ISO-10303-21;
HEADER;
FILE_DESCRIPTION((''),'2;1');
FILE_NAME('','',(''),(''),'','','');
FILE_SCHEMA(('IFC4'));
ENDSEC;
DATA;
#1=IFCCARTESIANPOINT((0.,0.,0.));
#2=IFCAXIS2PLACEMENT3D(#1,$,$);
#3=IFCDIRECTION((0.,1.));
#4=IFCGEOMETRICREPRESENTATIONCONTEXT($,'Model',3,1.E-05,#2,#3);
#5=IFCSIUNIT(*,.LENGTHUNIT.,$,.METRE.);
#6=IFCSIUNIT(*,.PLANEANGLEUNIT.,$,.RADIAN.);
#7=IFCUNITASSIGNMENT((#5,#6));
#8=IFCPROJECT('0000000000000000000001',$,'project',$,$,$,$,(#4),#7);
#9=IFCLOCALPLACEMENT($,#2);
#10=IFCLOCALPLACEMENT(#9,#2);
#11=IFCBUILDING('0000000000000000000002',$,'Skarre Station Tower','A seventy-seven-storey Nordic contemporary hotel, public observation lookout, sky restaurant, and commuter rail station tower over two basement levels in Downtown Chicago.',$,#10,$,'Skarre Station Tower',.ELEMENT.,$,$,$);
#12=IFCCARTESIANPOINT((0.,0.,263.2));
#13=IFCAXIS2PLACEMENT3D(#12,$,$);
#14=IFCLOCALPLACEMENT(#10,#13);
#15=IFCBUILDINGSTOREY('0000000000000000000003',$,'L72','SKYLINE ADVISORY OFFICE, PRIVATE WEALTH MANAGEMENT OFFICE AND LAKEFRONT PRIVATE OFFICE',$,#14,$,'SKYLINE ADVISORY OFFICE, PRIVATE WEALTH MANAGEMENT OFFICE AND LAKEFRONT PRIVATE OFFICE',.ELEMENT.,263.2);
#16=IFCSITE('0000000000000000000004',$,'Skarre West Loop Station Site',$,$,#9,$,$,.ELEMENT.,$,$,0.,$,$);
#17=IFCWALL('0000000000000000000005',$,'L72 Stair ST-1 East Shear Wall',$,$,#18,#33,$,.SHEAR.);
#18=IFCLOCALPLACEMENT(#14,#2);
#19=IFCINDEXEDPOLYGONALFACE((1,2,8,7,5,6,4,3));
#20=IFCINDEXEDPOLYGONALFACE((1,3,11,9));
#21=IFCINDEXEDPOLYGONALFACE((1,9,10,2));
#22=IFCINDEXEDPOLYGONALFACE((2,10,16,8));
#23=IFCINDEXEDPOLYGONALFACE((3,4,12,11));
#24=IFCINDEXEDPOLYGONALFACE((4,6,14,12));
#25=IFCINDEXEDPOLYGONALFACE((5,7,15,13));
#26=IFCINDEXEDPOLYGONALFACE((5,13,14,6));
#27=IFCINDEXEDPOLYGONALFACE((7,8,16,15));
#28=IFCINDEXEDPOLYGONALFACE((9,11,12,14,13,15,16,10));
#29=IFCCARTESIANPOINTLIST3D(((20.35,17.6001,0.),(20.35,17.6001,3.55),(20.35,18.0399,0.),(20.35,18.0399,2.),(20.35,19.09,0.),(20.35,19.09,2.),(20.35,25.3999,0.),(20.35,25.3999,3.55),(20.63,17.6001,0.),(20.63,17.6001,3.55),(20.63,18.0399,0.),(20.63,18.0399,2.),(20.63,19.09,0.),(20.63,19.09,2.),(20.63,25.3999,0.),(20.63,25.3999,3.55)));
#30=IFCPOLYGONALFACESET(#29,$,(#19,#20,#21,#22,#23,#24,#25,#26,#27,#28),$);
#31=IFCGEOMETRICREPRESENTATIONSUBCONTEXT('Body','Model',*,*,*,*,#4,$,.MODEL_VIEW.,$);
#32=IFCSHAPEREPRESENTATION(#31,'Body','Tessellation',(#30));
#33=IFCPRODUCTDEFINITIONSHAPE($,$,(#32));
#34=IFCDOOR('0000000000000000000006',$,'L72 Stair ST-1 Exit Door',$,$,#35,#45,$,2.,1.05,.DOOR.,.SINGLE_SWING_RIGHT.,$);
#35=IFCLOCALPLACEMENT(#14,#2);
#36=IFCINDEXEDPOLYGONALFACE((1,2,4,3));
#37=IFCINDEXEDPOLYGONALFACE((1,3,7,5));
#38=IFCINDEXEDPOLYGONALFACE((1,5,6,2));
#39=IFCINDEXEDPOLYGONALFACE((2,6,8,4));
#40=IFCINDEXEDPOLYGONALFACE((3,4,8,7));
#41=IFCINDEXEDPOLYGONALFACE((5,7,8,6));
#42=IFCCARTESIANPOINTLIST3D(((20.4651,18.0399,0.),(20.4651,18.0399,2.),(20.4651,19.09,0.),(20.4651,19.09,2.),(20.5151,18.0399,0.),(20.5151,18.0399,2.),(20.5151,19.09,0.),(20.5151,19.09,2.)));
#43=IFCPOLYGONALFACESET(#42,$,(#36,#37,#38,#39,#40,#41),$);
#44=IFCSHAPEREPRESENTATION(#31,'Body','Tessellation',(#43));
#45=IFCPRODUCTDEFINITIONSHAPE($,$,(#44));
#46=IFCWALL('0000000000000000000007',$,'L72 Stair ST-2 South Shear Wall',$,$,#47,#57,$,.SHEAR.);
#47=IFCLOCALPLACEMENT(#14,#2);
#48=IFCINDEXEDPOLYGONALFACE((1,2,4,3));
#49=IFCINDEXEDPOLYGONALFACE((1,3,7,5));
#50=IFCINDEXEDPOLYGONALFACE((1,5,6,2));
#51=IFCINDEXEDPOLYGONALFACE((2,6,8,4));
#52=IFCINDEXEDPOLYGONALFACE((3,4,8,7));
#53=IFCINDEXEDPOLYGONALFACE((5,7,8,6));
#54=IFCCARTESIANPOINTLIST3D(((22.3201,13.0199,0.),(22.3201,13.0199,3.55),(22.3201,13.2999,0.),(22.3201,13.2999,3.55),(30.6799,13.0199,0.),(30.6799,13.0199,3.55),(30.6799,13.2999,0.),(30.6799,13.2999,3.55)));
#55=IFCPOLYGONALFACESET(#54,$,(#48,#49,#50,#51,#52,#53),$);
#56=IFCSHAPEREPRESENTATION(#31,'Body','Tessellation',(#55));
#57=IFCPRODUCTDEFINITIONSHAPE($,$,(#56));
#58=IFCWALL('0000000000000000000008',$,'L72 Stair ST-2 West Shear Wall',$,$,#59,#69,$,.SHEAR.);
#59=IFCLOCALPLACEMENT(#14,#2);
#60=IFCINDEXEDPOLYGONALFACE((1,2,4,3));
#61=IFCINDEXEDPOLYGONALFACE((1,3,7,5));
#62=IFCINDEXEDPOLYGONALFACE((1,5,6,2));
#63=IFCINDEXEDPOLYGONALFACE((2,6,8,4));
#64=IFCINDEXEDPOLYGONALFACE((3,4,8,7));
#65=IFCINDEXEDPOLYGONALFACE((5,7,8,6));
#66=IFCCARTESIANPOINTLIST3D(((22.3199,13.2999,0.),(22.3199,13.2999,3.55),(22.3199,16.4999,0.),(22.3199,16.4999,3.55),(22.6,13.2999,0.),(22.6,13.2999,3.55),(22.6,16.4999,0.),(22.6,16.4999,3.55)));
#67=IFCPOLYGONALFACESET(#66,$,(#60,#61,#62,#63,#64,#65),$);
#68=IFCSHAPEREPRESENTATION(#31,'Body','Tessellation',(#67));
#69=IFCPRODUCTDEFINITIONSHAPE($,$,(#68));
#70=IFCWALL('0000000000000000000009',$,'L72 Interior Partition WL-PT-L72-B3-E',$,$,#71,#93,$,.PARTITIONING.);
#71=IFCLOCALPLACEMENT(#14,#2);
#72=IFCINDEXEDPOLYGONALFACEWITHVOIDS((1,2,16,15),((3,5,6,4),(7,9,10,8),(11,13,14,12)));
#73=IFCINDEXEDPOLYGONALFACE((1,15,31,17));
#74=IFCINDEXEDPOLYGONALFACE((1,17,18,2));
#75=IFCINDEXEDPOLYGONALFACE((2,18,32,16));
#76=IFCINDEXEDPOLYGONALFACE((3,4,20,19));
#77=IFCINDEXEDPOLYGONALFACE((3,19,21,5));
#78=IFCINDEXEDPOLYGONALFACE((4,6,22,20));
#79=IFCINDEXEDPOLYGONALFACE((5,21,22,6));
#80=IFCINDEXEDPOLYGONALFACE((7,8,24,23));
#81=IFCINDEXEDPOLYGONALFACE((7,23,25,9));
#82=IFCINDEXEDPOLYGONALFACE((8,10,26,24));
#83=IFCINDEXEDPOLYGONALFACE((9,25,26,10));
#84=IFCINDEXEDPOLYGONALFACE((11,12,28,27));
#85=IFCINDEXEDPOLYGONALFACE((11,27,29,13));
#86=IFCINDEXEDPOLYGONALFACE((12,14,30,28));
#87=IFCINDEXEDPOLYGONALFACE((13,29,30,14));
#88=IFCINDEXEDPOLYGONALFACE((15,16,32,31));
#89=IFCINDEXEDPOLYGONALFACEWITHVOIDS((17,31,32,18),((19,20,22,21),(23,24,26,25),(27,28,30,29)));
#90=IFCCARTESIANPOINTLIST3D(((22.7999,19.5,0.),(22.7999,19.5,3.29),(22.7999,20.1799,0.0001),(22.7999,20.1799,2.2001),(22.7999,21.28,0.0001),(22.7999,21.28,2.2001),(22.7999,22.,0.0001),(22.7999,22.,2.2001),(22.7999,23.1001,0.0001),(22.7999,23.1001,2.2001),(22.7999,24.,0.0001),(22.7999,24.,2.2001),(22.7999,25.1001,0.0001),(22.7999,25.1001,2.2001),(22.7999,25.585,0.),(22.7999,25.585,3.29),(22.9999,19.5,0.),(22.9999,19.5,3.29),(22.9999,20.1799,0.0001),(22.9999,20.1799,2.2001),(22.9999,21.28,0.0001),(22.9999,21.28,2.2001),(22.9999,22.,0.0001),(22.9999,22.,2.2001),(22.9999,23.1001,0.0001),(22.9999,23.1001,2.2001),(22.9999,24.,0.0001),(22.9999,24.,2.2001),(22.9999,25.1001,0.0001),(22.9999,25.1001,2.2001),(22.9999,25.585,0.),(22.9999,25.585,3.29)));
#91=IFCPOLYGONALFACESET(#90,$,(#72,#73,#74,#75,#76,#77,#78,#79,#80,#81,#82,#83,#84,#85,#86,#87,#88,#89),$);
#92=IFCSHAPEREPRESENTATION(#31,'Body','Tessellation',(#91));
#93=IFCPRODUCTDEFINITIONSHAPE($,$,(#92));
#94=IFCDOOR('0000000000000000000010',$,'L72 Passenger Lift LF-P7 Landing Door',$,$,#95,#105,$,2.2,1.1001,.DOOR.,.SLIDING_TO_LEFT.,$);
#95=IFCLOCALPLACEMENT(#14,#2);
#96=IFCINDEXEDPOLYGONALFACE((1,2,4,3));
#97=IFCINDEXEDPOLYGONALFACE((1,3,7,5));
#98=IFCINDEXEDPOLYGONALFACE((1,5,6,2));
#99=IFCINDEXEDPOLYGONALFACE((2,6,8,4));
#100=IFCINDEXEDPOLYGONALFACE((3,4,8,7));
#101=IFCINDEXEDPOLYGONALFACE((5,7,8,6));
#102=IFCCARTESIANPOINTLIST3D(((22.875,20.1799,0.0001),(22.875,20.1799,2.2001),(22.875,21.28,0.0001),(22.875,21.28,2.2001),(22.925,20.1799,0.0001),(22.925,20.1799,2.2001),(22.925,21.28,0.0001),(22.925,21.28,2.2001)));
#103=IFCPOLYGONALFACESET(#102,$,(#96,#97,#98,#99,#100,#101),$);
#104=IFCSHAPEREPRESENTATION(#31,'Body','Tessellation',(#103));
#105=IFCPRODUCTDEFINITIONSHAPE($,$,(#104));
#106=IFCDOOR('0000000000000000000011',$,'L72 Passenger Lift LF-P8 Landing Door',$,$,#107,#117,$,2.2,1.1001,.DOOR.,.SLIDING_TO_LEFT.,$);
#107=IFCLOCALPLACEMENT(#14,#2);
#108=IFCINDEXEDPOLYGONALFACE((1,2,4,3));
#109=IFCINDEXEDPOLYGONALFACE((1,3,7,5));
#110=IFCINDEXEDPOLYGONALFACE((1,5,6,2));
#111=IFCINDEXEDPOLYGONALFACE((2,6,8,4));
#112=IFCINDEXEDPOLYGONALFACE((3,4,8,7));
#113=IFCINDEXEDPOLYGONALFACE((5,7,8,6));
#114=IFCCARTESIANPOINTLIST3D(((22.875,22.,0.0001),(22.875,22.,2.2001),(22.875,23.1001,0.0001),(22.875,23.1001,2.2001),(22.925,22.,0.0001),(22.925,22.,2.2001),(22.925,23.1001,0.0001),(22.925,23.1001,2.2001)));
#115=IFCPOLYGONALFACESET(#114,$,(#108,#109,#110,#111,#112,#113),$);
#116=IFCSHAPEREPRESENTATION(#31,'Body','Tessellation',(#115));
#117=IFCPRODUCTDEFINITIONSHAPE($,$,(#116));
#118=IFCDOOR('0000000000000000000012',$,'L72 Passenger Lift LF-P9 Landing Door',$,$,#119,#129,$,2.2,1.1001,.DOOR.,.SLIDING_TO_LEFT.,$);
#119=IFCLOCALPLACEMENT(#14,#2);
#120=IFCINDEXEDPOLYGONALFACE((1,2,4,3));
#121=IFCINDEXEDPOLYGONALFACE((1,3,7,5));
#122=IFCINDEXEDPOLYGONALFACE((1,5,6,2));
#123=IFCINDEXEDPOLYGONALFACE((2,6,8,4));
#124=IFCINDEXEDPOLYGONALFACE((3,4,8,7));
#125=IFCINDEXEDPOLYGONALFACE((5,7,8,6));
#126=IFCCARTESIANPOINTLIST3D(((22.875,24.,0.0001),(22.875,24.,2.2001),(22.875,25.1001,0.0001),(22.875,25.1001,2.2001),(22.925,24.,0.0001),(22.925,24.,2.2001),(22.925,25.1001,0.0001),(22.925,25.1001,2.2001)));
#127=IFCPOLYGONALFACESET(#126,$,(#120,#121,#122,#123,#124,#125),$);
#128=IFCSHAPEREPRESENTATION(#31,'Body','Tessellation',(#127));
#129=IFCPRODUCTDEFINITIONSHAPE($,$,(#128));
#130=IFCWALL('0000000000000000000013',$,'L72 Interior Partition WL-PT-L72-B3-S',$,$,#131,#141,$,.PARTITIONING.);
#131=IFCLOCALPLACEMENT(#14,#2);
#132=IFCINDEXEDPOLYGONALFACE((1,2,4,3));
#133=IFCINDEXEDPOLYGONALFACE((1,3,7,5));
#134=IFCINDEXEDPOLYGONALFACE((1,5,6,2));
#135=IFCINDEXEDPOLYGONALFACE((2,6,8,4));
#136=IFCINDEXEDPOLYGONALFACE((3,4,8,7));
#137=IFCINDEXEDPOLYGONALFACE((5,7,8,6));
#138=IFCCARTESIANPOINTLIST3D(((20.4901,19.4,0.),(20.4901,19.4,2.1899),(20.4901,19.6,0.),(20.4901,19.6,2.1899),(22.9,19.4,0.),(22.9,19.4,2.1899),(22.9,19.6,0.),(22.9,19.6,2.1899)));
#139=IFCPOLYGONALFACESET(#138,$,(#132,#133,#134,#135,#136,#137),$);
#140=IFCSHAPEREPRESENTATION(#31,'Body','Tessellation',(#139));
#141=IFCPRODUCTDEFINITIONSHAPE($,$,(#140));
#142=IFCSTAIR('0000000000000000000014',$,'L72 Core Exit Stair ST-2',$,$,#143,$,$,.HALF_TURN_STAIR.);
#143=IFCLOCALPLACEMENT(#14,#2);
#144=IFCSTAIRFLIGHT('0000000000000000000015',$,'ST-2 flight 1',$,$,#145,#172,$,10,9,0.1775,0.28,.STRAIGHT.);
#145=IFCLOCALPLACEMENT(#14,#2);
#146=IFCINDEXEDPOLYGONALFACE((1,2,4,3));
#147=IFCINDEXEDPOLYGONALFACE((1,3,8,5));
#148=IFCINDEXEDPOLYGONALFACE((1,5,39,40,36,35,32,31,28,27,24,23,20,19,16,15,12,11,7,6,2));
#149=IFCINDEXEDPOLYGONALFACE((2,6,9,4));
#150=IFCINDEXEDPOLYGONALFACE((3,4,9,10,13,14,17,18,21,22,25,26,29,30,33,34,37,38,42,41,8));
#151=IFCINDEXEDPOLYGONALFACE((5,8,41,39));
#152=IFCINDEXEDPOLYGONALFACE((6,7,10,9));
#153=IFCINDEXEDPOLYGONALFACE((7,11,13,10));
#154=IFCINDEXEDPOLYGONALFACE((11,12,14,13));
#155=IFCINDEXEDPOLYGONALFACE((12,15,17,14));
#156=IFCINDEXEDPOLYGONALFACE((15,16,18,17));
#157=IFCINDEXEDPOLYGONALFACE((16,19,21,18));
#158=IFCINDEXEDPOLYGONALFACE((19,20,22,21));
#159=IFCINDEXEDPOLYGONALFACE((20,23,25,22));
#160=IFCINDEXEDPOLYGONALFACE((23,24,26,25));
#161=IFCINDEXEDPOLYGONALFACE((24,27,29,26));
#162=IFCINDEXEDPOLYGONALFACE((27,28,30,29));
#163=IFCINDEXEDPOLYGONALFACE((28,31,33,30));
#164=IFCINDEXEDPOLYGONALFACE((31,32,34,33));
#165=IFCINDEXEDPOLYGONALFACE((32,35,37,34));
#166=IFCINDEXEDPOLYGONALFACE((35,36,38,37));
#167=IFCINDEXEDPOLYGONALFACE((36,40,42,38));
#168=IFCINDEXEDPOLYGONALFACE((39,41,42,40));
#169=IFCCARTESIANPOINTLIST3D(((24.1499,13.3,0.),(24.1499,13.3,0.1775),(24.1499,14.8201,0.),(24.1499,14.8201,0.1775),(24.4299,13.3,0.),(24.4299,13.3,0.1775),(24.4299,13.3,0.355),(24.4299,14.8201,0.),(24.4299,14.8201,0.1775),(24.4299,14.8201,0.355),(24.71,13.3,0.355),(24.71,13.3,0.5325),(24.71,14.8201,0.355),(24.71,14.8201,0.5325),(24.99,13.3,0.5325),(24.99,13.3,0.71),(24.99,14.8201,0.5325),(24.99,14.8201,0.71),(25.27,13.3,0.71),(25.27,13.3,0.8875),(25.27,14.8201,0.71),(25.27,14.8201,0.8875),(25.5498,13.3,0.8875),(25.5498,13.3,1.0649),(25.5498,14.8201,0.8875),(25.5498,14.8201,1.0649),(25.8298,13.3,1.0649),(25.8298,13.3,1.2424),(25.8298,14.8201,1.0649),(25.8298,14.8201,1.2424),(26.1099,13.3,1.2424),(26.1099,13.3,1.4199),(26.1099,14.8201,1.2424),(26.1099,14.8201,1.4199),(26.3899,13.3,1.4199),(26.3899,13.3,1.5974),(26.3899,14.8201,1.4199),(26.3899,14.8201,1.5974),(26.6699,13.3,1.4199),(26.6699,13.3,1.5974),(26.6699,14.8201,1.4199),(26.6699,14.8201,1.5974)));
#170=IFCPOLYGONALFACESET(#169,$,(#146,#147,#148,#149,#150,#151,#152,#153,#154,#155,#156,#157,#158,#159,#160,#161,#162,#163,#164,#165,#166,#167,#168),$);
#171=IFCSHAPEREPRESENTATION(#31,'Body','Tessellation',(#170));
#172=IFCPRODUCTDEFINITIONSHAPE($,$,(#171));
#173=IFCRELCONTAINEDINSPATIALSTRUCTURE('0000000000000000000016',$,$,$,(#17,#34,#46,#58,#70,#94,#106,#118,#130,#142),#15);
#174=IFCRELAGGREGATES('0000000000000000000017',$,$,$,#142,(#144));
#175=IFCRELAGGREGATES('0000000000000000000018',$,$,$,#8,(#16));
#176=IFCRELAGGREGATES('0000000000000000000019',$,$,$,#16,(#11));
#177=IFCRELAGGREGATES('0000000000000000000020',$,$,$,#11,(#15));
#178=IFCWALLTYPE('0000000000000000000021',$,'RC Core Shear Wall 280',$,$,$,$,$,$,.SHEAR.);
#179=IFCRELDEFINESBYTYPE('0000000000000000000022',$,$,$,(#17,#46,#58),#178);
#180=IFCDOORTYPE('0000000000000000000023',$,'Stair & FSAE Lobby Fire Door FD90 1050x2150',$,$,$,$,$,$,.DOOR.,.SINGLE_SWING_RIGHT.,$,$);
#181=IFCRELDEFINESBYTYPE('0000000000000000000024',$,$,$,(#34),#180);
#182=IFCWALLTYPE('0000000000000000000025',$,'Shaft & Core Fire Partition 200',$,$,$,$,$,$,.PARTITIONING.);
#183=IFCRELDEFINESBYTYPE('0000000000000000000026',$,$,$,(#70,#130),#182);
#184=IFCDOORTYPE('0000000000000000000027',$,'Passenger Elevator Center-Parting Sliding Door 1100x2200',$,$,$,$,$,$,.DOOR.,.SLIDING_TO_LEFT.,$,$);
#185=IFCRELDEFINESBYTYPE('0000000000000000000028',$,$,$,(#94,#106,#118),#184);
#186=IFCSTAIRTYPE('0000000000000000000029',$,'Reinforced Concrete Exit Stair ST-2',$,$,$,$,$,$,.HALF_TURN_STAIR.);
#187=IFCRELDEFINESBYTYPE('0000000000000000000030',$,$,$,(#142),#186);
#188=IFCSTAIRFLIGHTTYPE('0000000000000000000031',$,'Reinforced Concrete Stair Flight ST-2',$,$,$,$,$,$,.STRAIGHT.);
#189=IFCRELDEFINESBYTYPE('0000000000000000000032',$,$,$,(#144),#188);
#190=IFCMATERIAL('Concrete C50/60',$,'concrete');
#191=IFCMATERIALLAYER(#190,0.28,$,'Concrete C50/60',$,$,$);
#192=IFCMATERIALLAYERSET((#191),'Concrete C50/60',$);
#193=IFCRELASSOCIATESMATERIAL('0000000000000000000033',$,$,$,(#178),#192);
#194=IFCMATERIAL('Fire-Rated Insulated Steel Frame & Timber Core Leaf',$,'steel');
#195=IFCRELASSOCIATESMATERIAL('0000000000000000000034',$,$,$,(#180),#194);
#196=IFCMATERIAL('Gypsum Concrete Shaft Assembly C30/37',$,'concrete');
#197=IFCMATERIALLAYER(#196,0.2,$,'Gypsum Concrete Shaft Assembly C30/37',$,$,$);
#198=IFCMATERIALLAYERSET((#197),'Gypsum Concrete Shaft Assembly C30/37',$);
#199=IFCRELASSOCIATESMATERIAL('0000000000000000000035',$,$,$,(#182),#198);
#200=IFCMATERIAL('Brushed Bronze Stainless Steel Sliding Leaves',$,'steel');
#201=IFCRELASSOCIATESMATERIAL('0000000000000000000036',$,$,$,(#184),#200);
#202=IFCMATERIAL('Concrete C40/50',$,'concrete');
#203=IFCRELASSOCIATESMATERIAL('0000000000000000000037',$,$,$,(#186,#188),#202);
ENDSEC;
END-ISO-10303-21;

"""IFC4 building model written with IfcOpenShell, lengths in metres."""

from ifc_helpers import new_model, si_unit, direction, frame, frame_2d, origin, place, context, subcontext, project, spatial, polyline, rectangle, outline, extrude, material, layer, layer_set, type_object, element, fill, aggregate, save


model = new_model("IFC4")

# Units and contexts
model_context = context("Model", 3, precision=1e-05, world=origin(), true_north=direction((0.0, 1.0)))
body_context = subcontext(model_context, "Body", "Model", "MODEL_VIEW")
ifc_project = project(units=[si_unit("LENGTHUNIT", "METRE"), si_unit("PLANEANGLEUNIT", "RADIAN")], contexts=[model_context])

# Site, building, storey
site_placement = place(None, origin())
site = spatial("IfcSite", under=ifc_project, at=site_placement, Name="Skarre West Loop Station Site", CompositionType="ELEMENT", RefElevation=0.0)
building_placement = place(site_placement, origin())
building = spatial("IfcBuilding", under=site, at=building_placement, Name="Skarre Station Tower", Description="A seventy-seven-storey Nordic contemporary hotel, public observation lookout, sky restaurant, and commuter rail station tower over two basement levels in Downtown Chicago.", LongName="Skarre Station Tower", CompositionType="ELEMENT")
storey_placement = place(building_placement, frame((0.0, 0.0, 263.2)))
storey = spatial("IfcBuildingStorey", under=building, at=storey_placement, Name="L72", Description="SKYLINE ADVISORY OFFICE, PRIVATE WEALTH MANAGEMENT OFFICE AND LAKEFRONT PRIVATE OFFICE", LongName="SKYLINE ADVISORY OFFICE, PRIVATE WEALTH MANAGEMENT OFFICE AND LAKEFRONT PRIVATE OFFICE", CompositionType="ELEMENT", Elevation=263.2)

# Shared definitions
ifc_material_1 = material(Name="Concrete C50/60", Category="concrete")

# Wall, opening, door
ifc_layer_1 = layer(ifc_material_1, 0.28, Name="Concrete C50/60")
ifc_layer_set_1 = layer_set([ifc_layer_1], Name="Concrete C50/60")
wall_type_1 = type_object("IfcWallType", Name="RC Core Shear Wall 280", PredefinedType="SHEAR", material=ifc_layer_set_1)
wall_1_placement = place(storey_placement, frame((20.49, 17.6001, 0.0), z_axis=(0.0, 0.0, 1.0), x_axis=(0.0, 1.0, 0.0)))
wall_1 = element("IfcWall", 1, at=wall_1_placement, inside=storey, type_object=wall_type_1, Name="L72 Stair ST-1 East Shear Wall", PredefinedType="SHEAR", context=body_context, shape_type="SweptSolid", body=[
    extrude(rectangle(XDim=7.7998, YDim=0.28, at=frame_2d((3.8999, 0.0))), origin(), (0.0, 0.0, 1.0), 3.55),
])
opening_1_placement = place(wall_1_placement, frame((0.4399, 0.0, 0.0)))
opening_1 = element("IfcOpeningElement", 2, at=opening_1_placement, cuts=wall_1, PredefinedType="OPENING", context=body_context, shape_type="SweptSolid", body=[
    extrude(rectangle(XDim=1.05, YDim=2.0, at=frame_2d((0.5249, 1.0))), frame((0.0, 0.1499, 0.0), z_axis=(0.0, -1.0, 0.0), x_axis=(1.0, 0.0, 0.0)), (0.0, 0.0, 1.0), 0.3),
])
ifc_material_2 = material(Name="Fire-Rated Insulated Steel Frame & Timber Core Leaf", Category="steel")
door_type_1 = type_object("IfcDoorType", Name="Stair & FSAE Lobby Fire Door FD90 1050x2150", OperationType="SINGLE_SWING_RIGHT", PredefinedType="DOOR", material=ifc_material_2)
door_1_placement = place(opening_1_placement, origin())
door_1 = element("IfcDoor", 3, at=door_1_placement, inside=storey, type_object=door_type_1, Name="L72 Stair ST-1 Exit Door", OperationType="SINGLE_SWING_RIGHT", OverallHeight=2.0, OverallWidth=1.05, PredefinedType="DOOR", context=body_context, shape_type="SweptSolid", body=[
    extrude(rectangle(XDim=1.05, YDim=2.0, at=frame_2d((0.5249, 1.0))), frame((0.0, 0.0249, 0.0), z_axis=(0.0, -1.0, 0.0), x_axis=(1.0, 0.0, 0.0)), (0.0, 0.0, 1.0), 0.05),
])
fill(opening_1, door_1)

# Walls
wall_2_placement = place(storey_placement, frame((22.3201, 13.1599, 0.0), z_axis=(0.0, 0.0, 1.0), x_axis=(1.0, 0.0, 0.0)))
element("IfcWall", 4, at=wall_2_placement, inside=storey, type_object=wall_type_1, Name="L72 Stair ST-2 South Shear Wall", PredefinedType="SHEAR", context=body_context, shape_type="SweptSolid", body=[
    extrude(rectangle(XDim=8.3599, YDim=0.28, at=frame_2d((4.1799, 0.0))), origin(), (0.0, 0.0, 1.0), 3.55),
])
wall_3_placement = place(storey_placement, frame((22.46, 16.5, 0.0), z_axis=(0.0, 0.0, 1.0), x_axis=(0.0, -1.0, 0.0)))
element("IfcWall", 5, at=wall_3_placement, inside=storey, type_object=wall_type_1, Name="L72 Stair ST-2 West Shear Wall", PredefinedType="SHEAR", context=body_context, shape_type="SweptSolid", body=[
    extrude(rectangle(XDim=3.2, YDim=0.28, at=frame_2d((1.6001, 0.0))), origin(), (0.0, 0.0, 1.0), 3.55),
])

# Wall, openings, doors
ifc_material_3 = material(Name="Gypsum Concrete Shaft Assembly C30/37", Category="concrete")
ifc_layer_2 = layer(ifc_material_3, 0.2, Name="Gypsum Concrete Shaft Assembly C30/37")
ifc_layer_set_2 = layer_set([ifc_layer_2], Name="Gypsum Concrete Shaft Assembly C30/37")
wall_type_2 = type_object("IfcWallType", Name="Shaft & Core Fire Partition 200", PredefinedType="PARTITIONING", material=ifc_layer_set_2)
wall_4_placement = place(storey_placement, frame((22.8999, 19.5, 0.0), z_axis=(0.0, 0.0, 1.0), x_axis=(0.0, 1.0, 0.0)))
wall_4 = element("IfcWall", 6, at=wall_4_placement, inside=storey, type_object=wall_type_2, Name="L72 Interior Partition WL-PT-L72-B3-E", PredefinedType="PARTITIONING", context=body_context, shape_type="SweptSolid", body=[
    extrude(rectangle(XDim=6.085, YDim=0.2, at=frame_2d((3.0425, 0.0))), origin(), (0.0, 0.0, 1.0), 3.29),
])
opening_2_placement = place(wall_4_placement, frame((0.6799, 0.0, 0.0)))
opening_2 = element("IfcOpeningElement", 7, at=opening_2_placement, cuts=wall_4, PredefinedType="OPENING", context=body_context, shape_type="SweptSolid", body=[
    extrude(rectangle(XDim=1.1001, YDim=2.2, at=frame_2d((0.55, 1.1001))), frame((0.0, 0.1099, 0.0), z_axis=(0.0, -1.0, 0.0), x_axis=(1.0, 0.0, 0.0)), (0.0, 0.0, 1.0), 0.22),
])
opening_3_placement = place(wall_4_placement, frame((2.5, 0.0, 0.0)))
opening_3 = element("IfcOpeningElement", 8, at=opening_3_placement, cuts=wall_4, PredefinedType="OPENING", context=body_context, shape_type="SweptSolid", body=[
    extrude(rectangle(XDim=1.1001, YDim=2.2, at=frame_2d((0.55, 1.1001))), frame((0.0, 0.1099, 0.0), z_axis=(0.0, -1.0, 0.0), x_axis=(1.0, 0.0, 0.0)), (0.0, 0.0, 1.0), 0.22),
])
opening_4_placement = place(wall_4_placement, frame((4.5, 0.0, 0.0)))
opening_4 = element("IfcOpeningElement", 9, at=opening_4_placement, cuts=wall_4, PredefinedType="OPENING", context=body_context, shape_type="SweptSolid", body=[
    extrude(rectangle(XDim=1.1001, YDim=2.2, at=frame_2d((0.55, 1.1001))), frame((0.0, 0.1099, 0.0), z_axis=(0.0, -1.0, 0.0), x_axis=(1.0, 0.0, 0.0)), (0.0, 0.0, 1.0), 0.22),
])
ifc_material_4 = material(Name="Brushed Bronze Stainless Steel Sliding Leaves", Category="steel")
door_type_2 = type_object("IfcDoorType", Name="Passenger Elevator Center-Parting Sliding Door 1100x2200", OperationType="SLIDING_TO_LEFT", PredefinedType="DOOR", material=ifc_material_4)
door_2_placement = place(opening_2_placement, origin())
door_2 = element("IfcDoor", 10, at=door_2_placement, inside=storey, type_object=door_type_2, Name="L72 Passenger Lift LF-P7 Landing Door", OperationType="SLIDING_TO_LEFT", OverallHeight=2.2, OverallWidth=1.1001, PredefinedType="DOOR", context=body_context, shape_type="SweptSolid", body=[
    extrude(rectangle(XDim=1.1001, YDim=2.2, at=frame_2d((0.55, 1.1001))), frame((0.0, 0.0249, 0.0), z_axis=(0.0, -1.0, 0.0), x_axis=(1.0, 0.0, 0.0)), (0.0, 0.0, 1.0), 0.05),
])
fill(opening_2, door_2)
door_3_placement = place(opening_3_placement, origin())
door_3 = element("IfcDoor", 11, at=door_3_placement, inside=storey, type_object=door_type_2, Name="L72 Passenger Lift LF-P8 Landing Door", OperationType="SLIDING_TO_LEFT", OverallHeight=2.2, OverallWidth=1.1001, PredefinedType="DOOR", context=body_context, shape_type="SweptSolid", body=[
    extrude(rectangle(XDim=1.1001, YDim=2.2, at=frame_2d((0.55, 1.1001))), frame((0.0, 0.0249, 0.0), z_axis=(0.0, -1.0, 0.0), x_axis=(1.0, 0.0, 0.0)), (0.0, 0.0, 1.0), 0.05),
])
fill(opening_3, door_3)
door_4_placement = place(opening_4_placement, origin())
door_4 = element("IfcDoor", 12, at=door_4_placement, inside=storey, type_object=door_type_2, Name="L72 Passenger Lift LF-P9 Landing Door", OperationType="SLIDING_TO_LEFT", OverallHeight=2.2, OverallWidth=1.1001, PredefinedType="DOOR", context=body_context, shape_type="SweptSolid", body=[
    extrude(rectangle(XDim=1.1001, YDim=2.2, at=frame_2d((0.55, 1.1001))), frame((0.0, 0.0249, 0.0), z_axis=(0.0, -1.0, 0.0), x_axis=(1.0, 0.0, 0.0)), (0.0, 0.0, 1.0), 0.05),
])
fill(opening_4, door_4)

# Wall
wall_5_placement = place(storey_placement, frame((20.49, 19.5, 0.0), z_axis=(0.0, 0.0, 1.0), x_axis=(1.0, 0.0, 0.0)))
element("IfcWall", 13, at=wall_5_placement, inside=storey, type_object=wall_type_2, Name="L72 Interior Partition WL-PT-L72-B3-S", PredefinedType="PARTITIONING", context=body_context, shape_type="SweptSolid", body=[
    extrude(rectangle(XDim=2.4099, YDim=0.2, at=frame_2d((1.2051, 0.0))), origin(), (0.0, 0.0, 1.0), 2.1899),
])

# Stair, stair flight
ifc_material_5 = material(Name="Concrete C40/50", Category="concrete")
stair_type = type_object("IfcStairType", Name="Reinforced Concrete Exit Stair ST-2", PredefinedType="HALF_TURN_STAIR", material=ifc_material_5)
stair_placement = place(storey_placement, origin())
stair = element("IfcStair", 14, at=stair_placement, inside=storey, type_object=stair_type, Name="L72 Core Exit Stair ST-2", PredefinedType="HALF_TURN_STAIR")
stair_flight_type = type_object("IfcStairFlightType", Name="Reinforced Concrete Stair Flight ST-2", PredefinedType="STRAIGHT", material=ifc_material_5)
stair_flight_1_placement = place(storey_placement, frame((24.1499, 14.0601, 0.0), z_axis=(0.0, 0.0, 1.0), x_axis=(1.0, 0.0, 0.0)))
stair_flight_1 = element("IfcStairFlight", 15, at=stair_flight_1_placement, type_object=stair_flight_type, Name="ST-2 flight 1", NumberOfRisers=10, NumberOfTreads=9, PredefinedType="STRAIGHT", RiserHeight=0.1775, TreadLength=0.28, context=body_context, shape_type="SweptSolid", body=[
    extrude(outline(polyline([(0.0, 0.0), (0.0, 0.1775), (0.28, 0.1775), (0.28, 0.355), (0.5601, 0.355), (0.5601, 0.5325), (0.8401, 0.5325), (0.8401, 0.71), (1.1201, 0.71), (1.1201, 0.8875), (1.3999, 0.8875), (1.3999, 1.0649), (1.6799, 1.0649), (1.6799, 1.2424), (1.96, 1.2424), (1.96, 1.4199), (2.24, 1.4199), (2.24, 1.5974), (2.52, 1.5974), (2.52, 1.7749), (2.52, 1.4199), (0.28, 0.0), (0.0, 0.0)])), frame((0.0, 0.76, 0.0), z_axis=(0.0, -1.0, 0.0), x_axis=(1.0, 0.0, 0.0)), (0.0, 0.0, 1.0), 1.52),
])
aggregate(stair, [stair_flight_1])

save(model, "model.ifc")
